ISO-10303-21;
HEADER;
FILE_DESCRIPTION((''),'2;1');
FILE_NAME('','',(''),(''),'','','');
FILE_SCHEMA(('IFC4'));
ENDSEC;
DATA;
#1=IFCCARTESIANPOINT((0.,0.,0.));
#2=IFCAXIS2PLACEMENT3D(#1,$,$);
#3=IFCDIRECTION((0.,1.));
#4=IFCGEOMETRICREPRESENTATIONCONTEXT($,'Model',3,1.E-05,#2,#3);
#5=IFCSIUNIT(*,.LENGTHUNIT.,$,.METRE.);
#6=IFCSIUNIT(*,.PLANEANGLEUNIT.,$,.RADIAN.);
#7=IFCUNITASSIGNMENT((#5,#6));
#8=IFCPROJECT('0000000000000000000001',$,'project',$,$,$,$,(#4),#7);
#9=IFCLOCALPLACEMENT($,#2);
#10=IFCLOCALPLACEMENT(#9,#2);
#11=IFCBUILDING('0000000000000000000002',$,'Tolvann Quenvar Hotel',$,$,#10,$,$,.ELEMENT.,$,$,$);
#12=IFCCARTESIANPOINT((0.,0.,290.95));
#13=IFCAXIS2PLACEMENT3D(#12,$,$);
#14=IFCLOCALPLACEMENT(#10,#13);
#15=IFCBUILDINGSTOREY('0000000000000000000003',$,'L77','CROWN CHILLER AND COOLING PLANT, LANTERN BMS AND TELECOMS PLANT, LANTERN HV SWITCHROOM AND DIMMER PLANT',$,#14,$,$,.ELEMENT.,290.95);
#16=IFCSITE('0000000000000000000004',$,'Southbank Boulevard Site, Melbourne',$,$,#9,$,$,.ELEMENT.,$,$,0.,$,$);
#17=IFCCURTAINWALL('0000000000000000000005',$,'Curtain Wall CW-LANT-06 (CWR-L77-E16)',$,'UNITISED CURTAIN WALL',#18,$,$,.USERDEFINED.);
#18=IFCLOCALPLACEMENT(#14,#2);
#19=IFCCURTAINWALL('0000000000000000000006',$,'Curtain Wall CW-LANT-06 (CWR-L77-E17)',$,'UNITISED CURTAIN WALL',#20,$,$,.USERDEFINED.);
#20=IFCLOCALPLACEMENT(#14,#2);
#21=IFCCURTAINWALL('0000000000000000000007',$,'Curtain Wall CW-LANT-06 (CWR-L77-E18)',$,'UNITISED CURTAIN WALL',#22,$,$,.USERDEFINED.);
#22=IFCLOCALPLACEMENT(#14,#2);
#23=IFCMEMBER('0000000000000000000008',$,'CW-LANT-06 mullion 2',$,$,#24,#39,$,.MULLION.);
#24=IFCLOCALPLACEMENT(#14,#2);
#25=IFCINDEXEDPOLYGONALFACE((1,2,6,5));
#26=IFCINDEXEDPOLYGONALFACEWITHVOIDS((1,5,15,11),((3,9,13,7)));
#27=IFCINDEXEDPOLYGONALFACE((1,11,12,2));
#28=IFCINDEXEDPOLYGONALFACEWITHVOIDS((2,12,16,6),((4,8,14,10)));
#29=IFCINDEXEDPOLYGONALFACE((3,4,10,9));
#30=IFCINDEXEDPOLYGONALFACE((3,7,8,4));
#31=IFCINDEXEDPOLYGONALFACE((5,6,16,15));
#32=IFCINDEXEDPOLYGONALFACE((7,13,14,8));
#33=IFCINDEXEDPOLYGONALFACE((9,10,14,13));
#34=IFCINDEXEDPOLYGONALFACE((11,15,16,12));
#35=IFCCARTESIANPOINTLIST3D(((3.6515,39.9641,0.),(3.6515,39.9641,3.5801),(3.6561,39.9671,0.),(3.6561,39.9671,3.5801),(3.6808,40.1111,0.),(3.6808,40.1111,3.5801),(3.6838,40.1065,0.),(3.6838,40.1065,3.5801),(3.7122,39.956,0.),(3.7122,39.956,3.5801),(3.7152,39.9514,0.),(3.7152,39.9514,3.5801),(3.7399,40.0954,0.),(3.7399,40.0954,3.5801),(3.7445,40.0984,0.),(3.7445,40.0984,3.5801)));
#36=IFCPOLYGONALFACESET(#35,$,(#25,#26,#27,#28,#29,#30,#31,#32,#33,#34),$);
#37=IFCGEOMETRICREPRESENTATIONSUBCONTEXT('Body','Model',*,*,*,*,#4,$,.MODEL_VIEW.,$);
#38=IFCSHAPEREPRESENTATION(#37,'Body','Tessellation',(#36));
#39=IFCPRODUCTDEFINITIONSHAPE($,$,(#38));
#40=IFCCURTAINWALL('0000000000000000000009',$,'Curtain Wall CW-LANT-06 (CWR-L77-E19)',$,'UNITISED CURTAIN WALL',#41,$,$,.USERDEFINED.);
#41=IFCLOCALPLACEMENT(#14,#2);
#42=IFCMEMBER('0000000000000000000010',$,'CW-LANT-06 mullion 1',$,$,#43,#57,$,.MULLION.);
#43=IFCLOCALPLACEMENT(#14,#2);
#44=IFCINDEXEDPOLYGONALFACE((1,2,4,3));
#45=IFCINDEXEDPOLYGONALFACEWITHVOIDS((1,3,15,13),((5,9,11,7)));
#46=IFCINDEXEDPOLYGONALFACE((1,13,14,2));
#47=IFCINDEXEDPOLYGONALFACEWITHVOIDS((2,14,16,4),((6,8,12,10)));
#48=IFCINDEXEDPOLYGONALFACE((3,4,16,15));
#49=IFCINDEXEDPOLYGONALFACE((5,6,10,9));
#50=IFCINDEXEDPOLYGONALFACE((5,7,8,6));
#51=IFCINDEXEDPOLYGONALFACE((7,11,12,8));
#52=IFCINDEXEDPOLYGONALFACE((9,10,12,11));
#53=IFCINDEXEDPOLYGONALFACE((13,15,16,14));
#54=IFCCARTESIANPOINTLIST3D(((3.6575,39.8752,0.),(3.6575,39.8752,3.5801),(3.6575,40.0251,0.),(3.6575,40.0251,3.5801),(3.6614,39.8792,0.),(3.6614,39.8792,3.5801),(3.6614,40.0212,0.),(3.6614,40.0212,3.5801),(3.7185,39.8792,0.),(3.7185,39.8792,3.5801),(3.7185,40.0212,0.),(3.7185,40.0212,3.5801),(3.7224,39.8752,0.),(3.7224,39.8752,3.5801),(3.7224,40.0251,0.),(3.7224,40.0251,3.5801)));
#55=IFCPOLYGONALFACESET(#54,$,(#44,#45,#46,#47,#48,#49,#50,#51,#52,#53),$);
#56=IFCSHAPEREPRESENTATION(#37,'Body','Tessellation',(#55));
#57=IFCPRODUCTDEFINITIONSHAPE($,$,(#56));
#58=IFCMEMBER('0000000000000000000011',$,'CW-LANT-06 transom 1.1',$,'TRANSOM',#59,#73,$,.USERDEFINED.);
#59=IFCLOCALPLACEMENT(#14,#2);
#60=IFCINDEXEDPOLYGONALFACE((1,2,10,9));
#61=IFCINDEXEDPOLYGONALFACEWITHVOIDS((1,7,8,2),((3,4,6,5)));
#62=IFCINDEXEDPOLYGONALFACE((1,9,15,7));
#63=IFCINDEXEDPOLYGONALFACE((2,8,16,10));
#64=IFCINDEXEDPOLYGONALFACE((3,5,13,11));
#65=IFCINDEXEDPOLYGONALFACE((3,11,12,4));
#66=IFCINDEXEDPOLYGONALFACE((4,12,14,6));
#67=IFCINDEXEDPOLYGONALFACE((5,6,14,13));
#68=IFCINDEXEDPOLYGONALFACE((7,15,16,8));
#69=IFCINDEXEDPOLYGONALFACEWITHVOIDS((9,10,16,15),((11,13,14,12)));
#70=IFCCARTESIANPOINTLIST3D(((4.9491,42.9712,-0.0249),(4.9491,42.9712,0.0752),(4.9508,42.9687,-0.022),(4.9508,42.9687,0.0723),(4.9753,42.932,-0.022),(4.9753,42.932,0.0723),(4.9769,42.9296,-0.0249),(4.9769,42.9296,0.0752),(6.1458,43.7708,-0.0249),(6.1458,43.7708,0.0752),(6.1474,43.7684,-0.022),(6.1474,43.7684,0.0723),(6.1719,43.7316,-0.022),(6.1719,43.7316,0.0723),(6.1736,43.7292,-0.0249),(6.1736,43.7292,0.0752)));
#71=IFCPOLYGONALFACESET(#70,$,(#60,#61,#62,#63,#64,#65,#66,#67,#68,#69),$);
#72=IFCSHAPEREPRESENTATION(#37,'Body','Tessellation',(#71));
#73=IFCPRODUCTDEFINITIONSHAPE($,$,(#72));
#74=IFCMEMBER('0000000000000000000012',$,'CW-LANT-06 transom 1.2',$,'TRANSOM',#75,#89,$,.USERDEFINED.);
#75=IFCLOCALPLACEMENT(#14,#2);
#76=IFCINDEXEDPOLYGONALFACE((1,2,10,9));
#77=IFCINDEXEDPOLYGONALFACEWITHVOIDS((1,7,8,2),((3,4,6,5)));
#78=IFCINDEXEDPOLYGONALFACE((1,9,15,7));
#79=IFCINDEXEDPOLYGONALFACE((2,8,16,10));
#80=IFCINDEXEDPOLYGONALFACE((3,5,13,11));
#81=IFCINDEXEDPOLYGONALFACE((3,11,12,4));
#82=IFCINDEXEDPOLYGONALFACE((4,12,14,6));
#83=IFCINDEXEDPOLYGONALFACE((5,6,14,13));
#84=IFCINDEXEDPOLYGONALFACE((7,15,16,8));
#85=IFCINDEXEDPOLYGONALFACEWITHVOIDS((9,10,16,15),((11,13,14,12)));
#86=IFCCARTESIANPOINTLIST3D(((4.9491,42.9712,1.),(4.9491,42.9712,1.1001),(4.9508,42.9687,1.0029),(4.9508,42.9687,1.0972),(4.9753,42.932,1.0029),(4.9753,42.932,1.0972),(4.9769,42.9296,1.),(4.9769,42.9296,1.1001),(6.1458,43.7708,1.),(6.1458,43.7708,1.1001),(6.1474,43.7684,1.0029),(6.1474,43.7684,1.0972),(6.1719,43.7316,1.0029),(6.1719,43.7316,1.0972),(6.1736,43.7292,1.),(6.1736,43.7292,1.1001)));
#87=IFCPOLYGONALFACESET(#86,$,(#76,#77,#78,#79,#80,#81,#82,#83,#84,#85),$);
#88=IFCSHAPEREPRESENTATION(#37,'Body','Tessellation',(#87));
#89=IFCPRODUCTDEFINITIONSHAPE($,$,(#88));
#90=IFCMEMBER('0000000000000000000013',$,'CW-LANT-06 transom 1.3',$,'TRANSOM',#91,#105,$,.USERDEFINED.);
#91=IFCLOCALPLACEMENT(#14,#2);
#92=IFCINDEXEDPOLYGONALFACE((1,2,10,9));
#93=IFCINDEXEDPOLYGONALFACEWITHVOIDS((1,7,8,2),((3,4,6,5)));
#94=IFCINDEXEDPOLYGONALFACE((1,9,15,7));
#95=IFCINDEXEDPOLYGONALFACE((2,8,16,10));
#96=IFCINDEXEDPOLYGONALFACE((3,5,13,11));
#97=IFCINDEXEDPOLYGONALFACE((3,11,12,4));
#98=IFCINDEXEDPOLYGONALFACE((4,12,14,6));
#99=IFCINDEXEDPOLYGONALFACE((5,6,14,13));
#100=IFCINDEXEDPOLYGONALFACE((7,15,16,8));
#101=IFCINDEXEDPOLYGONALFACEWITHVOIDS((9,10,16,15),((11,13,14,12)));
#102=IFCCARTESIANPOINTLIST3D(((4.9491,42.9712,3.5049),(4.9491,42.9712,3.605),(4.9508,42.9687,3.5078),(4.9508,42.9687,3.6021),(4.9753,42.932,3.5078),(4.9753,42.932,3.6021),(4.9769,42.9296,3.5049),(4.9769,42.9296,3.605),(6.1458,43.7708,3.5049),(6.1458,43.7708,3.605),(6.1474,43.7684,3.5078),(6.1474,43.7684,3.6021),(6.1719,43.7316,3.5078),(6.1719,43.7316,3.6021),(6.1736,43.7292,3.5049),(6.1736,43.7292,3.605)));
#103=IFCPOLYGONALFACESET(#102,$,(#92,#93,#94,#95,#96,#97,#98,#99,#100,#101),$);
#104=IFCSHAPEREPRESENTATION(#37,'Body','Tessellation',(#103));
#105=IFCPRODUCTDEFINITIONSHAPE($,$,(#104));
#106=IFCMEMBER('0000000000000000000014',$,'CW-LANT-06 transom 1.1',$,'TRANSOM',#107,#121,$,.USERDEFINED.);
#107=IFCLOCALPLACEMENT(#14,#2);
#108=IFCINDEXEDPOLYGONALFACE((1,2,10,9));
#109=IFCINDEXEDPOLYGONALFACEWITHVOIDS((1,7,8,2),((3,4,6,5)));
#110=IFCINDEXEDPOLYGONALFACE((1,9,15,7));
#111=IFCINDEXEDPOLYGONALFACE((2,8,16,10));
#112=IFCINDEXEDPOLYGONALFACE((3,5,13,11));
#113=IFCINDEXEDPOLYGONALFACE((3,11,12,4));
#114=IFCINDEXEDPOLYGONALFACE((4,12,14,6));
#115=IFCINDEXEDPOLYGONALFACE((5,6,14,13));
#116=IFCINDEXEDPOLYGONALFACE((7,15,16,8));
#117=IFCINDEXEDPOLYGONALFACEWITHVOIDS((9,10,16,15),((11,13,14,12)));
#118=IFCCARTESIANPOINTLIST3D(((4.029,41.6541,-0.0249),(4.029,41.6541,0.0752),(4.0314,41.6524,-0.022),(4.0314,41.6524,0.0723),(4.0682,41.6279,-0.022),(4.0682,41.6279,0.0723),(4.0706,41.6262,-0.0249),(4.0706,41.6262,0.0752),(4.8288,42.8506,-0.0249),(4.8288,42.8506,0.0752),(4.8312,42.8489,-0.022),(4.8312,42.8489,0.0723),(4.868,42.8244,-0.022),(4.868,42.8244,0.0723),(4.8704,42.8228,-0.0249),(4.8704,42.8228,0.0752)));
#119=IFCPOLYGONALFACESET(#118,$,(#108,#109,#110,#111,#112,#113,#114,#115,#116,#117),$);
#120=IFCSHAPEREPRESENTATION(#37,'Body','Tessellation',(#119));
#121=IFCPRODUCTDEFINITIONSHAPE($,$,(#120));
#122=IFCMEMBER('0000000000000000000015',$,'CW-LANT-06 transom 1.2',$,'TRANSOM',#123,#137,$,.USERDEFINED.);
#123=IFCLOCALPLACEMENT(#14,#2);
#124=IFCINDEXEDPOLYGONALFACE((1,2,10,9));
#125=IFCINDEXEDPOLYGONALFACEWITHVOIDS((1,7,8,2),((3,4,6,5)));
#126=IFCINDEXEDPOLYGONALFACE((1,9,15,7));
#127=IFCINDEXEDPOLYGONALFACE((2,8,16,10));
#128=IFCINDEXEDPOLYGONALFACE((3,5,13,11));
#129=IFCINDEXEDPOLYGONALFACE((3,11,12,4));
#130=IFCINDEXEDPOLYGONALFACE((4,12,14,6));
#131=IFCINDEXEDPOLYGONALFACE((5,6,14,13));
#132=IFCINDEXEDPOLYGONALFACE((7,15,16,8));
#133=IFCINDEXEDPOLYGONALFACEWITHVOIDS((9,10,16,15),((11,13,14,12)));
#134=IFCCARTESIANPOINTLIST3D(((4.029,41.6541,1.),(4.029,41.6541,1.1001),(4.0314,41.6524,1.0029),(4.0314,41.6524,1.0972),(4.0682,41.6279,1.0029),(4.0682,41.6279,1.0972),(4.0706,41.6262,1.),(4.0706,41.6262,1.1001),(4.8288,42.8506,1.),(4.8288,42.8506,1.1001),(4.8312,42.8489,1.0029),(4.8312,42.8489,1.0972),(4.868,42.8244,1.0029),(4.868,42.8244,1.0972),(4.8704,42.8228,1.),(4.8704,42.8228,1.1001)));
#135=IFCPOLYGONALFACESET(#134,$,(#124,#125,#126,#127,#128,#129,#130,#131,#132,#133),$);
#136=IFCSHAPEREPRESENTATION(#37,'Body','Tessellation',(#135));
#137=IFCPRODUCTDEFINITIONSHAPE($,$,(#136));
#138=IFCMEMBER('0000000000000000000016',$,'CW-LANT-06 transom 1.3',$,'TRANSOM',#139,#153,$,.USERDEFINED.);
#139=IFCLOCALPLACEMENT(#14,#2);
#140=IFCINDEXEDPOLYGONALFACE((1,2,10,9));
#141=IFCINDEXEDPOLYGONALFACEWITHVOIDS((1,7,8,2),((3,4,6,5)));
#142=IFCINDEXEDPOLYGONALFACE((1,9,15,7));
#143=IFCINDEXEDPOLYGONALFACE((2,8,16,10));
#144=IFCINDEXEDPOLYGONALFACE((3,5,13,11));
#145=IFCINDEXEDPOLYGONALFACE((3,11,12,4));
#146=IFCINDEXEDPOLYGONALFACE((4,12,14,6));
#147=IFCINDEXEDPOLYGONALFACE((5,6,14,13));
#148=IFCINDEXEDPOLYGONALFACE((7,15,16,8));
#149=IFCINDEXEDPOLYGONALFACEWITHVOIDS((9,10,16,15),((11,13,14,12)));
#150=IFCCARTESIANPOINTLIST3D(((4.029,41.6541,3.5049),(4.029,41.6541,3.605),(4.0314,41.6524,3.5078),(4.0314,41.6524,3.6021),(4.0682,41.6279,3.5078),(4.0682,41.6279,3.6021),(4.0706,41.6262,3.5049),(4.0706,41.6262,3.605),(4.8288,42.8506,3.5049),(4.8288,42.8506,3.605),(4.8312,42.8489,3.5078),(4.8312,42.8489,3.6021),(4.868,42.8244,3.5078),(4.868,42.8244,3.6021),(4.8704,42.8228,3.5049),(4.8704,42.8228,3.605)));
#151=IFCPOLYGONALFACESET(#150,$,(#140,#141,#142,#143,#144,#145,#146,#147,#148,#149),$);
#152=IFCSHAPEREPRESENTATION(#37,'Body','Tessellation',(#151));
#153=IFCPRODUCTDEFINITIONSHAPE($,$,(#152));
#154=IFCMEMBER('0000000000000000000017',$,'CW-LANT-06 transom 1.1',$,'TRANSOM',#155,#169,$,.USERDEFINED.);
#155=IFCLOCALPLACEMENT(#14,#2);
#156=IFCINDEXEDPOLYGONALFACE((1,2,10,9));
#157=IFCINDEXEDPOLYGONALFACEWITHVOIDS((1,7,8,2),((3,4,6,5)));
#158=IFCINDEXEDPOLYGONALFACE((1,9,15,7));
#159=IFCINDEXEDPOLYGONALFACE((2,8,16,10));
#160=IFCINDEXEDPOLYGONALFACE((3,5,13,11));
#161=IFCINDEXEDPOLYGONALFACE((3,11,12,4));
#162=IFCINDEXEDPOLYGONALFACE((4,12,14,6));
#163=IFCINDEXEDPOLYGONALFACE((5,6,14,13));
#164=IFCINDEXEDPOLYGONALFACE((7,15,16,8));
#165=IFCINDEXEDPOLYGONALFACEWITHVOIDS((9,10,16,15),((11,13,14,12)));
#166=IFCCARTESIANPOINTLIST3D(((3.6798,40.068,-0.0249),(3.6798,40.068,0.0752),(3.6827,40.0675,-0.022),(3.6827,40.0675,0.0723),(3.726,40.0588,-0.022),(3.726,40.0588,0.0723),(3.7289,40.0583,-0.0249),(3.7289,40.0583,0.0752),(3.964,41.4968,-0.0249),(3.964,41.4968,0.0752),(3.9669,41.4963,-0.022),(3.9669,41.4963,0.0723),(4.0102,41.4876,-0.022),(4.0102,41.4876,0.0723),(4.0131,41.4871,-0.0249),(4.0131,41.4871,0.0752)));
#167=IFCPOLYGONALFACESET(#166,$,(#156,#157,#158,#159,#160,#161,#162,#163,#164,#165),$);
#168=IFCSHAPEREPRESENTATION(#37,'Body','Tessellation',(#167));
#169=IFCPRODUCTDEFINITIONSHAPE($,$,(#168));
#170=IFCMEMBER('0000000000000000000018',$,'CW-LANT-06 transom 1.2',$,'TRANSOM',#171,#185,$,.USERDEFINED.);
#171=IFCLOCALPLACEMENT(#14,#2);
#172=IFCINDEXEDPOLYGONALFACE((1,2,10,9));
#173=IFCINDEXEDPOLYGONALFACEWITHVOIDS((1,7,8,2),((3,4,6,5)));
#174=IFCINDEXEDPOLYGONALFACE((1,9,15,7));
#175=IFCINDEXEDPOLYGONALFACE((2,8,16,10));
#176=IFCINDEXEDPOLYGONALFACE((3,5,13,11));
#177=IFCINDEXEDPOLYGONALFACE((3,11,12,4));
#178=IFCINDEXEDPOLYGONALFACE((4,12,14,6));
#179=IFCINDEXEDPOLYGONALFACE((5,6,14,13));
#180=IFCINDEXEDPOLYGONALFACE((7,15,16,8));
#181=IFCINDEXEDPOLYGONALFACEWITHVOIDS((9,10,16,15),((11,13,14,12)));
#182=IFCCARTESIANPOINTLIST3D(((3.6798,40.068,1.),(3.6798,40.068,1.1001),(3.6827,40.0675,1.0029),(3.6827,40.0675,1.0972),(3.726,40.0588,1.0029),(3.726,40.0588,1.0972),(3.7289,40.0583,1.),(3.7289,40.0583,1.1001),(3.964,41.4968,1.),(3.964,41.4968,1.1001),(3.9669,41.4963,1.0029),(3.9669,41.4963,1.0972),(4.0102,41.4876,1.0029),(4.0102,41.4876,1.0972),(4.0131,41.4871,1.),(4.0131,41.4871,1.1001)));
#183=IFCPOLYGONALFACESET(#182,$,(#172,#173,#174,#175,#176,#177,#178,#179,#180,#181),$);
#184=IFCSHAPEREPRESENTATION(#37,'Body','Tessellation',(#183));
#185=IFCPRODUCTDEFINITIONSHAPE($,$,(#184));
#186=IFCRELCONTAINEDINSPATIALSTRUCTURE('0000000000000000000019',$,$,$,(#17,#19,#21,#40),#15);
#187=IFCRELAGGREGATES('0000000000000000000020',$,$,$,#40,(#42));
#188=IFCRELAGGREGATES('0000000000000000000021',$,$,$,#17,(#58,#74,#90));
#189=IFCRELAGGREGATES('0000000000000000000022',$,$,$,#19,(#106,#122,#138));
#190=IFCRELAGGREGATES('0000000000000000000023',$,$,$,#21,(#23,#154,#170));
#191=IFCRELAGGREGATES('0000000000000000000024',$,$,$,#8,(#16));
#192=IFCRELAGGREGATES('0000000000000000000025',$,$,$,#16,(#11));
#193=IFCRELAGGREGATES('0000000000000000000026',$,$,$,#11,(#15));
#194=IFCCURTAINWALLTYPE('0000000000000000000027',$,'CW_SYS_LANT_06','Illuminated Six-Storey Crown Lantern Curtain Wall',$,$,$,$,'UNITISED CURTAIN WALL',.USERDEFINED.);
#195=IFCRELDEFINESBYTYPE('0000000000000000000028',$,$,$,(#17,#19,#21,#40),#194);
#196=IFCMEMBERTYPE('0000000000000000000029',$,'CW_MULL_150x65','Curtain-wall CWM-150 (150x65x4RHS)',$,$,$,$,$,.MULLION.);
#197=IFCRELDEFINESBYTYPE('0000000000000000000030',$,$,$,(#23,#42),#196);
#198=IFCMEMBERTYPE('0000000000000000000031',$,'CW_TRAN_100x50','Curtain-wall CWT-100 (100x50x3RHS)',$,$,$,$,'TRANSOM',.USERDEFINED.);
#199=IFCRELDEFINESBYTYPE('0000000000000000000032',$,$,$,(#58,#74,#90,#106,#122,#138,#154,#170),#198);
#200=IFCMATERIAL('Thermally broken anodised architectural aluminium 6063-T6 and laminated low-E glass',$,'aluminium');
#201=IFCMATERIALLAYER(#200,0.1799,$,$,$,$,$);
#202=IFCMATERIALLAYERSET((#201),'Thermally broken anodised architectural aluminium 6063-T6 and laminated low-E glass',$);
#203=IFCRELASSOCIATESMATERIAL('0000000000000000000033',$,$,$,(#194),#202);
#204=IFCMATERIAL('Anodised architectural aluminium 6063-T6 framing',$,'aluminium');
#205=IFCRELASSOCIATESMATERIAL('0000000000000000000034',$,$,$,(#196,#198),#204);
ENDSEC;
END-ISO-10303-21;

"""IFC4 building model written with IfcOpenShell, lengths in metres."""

from ifc_helpers import new_model, si_unit, direction, frame, origin, origin_2d, place, context, subcontext, project, spatial, hollow_rectangle, extrude, source, transform, mapped, material, layer, layer_set, material_profile, profile_set, type_object, type_shapes, element, aggregate, save


model = new_model("IFC4")

# Units and contexts
model_context = context("Model", 3, precision=1e-05, world=origin(), true_north=direction((0.0, 1.0)))
body_context = subcontext(model_context, "Body", "Model", "MODEL_VIEW")
ifc_project = project(units=[si_unit("LENGTHUNIT", "METRE"), si_unit("PLANEANGLEUNIT", "RADIAN")], contexts=[model_context])

# Site, building, storey
site_placement = place(None, origin())
site = spatial("IfcSite", under=ifc_project, at=site_placement, Name="Southbank Boulevard Site, Melbourne", CompositionType="ELEMENT", RefElevation=0.0)
building_placement = place(site_placement, origin())
building = spatial("IfcBuilding", under=site, at=building_placement, Name="Tolvann Quenvar Hotel", CompositionType="ELEMENT")
storey_placement = place(building_placement, frame((0.0, 0.0, 290.95)))
storey = spatial("IfcBuildingStorey", under=building, at=storey_placement, Name="L77", Description="CROWN CHILLER AND COOLING PLANT, LANTERN BMS AND TELECOMS PLANT, LANTERN HV SWITCHROOM AND DIMMER PLANT", CompositionType="ELEMENT", Elevation=290.95)

# Shared definitions
ifc_material_1 = material(Name="Thermally broken anodised architectural aluminium 6063-T6 and laminated low-E glass", Category="aluminium")
ifc_layer_1 = layer(ifc_material_1, 0.1799)
ifc_layer_set_1 = layer_set([ifc_layer_1], Name="Thermally broken anodised architectural aluminium 6063-T6 and laminated low-E glass")
curtain_wall_type = type_object("IfcCurtainWallType", Name="CW_SYS_LANT_06", Description="Illuminated Six-Storey Crown Lantern Curtain Wall", ElementType="UNITISED CURTAIN WALL", PredefinedType="USERDEFINED", material=ifc_layer_set_1)
ifc_material_2 = material(Name="Anodised architectural aluminium 6063-T6 framing", Category="aluminium")
ifc_material_profile_1 = material_profile(ifc_material_2, hollow_rectangle(XDim=0.0649, YDim=0.1499, WallThickness=0.0039, at=origin_2d()), Name="150x65x4RHS")
ifc_profile_set_1 = profile_set([ifc_material_profile_1], Name="Anodised architectural aluminium 6063-T6 framing")
member_type_1 = type_object("IfcMemberType", Name="CW_MULL_150x65", Description="Curtain-wall CWM-150 (150x65x4RHS)", PredefinedType="MULLION", material=ifc_profile_set_1)
shared_shape_1 = source(origin(), body_context, "Body", "SweptSolid", [
    extrude(hollow_rectangle(XDim=0.0649, YDim=0.1499, WallThickness=0.0039, at=origin_2d()), origin(), (0.0, 0.0, 1.0), 3.5801),
])
type_shapes(member_type_1, [shared_shape_1])

# Curtain walls, member
curtain_wall_1_placement = place(storey_placement, origin())
curtain_wall_1 = element("IfcCurtainWall", 1, at=curtain_wall_1_placement, inside=storey, type_object=curtain_wall_type, Name="Curtain Wall CW-LANT-06 (CWR-L77-E16)", ObjectType="UNITISED CURTAIN WALL", PredefinedType="USERDEFINED")
curtain_wall_2_placement = place(storey_placement, origin())
curtain_wall_2 = element("IfcCurtainWall", 2, at=curtain_wall_2_placement, inside=storey, type_object=curtain_wall_type, Name="Curtain Wall CW-LANT-06 (CWR-L77-E17)", ObjectType="UNITISED CURTAIN WALL", PredefinedType="USERDEFINED")
curtain_wall_3_placement = place(storey_placement, origin())
curtain_wall_3 = element("IfcCurtainWall", 3, at=curtain_wall_3_placement, inside=storey, type_object=curtain_wall_type, Name="Curtain Wall CW-LANT-06 (CWR-L77-E18)", ObjectType="UNITISED CURTAIN WALL", PredefinedType="USERDEFINED")
member_1_placement = place(storey_placement, frame((3.698, 40.0312, 0.0), z_axis=(0.0, 0.0, 1.0), x_axis=(0.980791, -0.195062, 0.0)))
member_1 = element("IfcMember", 4, at=member_1_placement, type_object=member_type_1, Name="CW-LANT-06 mullion 2", PredefinedType="MULLION", context=body_context, shape_type="MappedRepresentation", body=[
    mapped(shared_shape_1, transform((0.0, 0.0, 0.0), x_axis=(1.0, 0.0, 0.0), y_axis=(0.0, 1.0, 0.0), z_axis=(0.0, 0.0, 1.0), scale=1.0)),
])

# Curtain wall, member
curtain_wall_4_placement = place(storey_placement, origin())
curtain_wall_4 = element("IfcCurtainWall", 5, at=curtain_wall_4_placement, inside=storey, type_object=curtain_wall_type, Name="Curtain Wall CW-LANT-06 (CWR-L77-E19)", ObjectType="UNITISED CURTAIN WALL", PredefinedType="USERDEFINED")
member_2_placement = place(storey_placement, frame((3.6899, 39.9502, 0.0), z_axis=(0.0, 0.0, 1.0), x_axis=(1.0, 0.0, 0.0)))
member_2 = element("IfcMember", 6, at=member_2_placement, type_object=member_type_1, Name="CW-LANT-06 mullion 1", PredefinedType="MULLION", context=body_context, shape_type="MappedRepresentation", body=[
    mapped(shared_shape_1, transform((0.0, 0.0, 0.0), x_axis=(1.0, 0.0, 0.0), y_axis=(0.0, 1.0, 0.0), z_axis=(0.0, 0.0, 1.0), scale=1.0)),
])
aggregate(curtain_wall_4, [member_2])

# Members
ifc_material_profile_2 = material_profile(ifc_material_2, hollow_rectangle(XDim=0.05, YDim=0.1001, WallThickness=0.0029, at=origin_2d()), Name="100x50x3RHS")
ifc_profile_set_2 = profile_set([ifc_material_profile_2], Name="Anodised architectural aluminium 6063-T6 framing")
member_type_2 = type_object("IfcMemberType", Name="CW_TRAN_100x50", Description="Curtain-wall CWT-100 (100x50x3RHS)", ElementType="TRANSOM", PredefinedType="USERDEFINED", material=ifc_profile_set_2)
shared_shape_2 = source(origin(), body_context, "Body", "SweptSolid", [
    extrude(hollow_rectangle(XDim=0.05, YDim=0.1001, WallThickness=0.0029, at=origin_2d()), origin(), (0.0, 0.0, 1.0), 1.4392),
])
member_3_placement = place(storey_placement, frame((6.1597, 43.75, 0.0251), z_axis=(-0.83145, -0.5556, 0.0), x_axis=(0.5556, -0.83145, 0.0)))
member_3 = element("IfcMember", 7, at=member_3_placement, type_object=member_type_2, Name="CW-LANT-06 transom 1.1", ObjectType="TRANSOM", PredefinedType="USERDEFINED", context=body_context, shape_type="MappedRepresentation", body=[
    mapped(shared_shape_2, transform((0.0, 0.0, 0.0), x_axis=(1.0, 0.0, 0.0), y_axis=(0.0, 1.0, 0.0), z_axis=(0.0, 0.0, 1.0), scale=1.0)),
])
member_4_placement = place(storey_placement, frame((6.1597, 43.75, 1.05), z_axis=(-0.83145, -0.5556, 0.0), x_axis=(0.5556, -0.83145, 0.0)))
member_4 = element("IfcMember", 8, at=member_4_placement, type_object=member_type_2, Name="CW-LANT-06 transom 1.2", ObjectType="TRANSOM", PredefinedType="USERDEFINED", context=body_context, shape_type="MappedRepresentation", body=[
    mapped(shared_shape_2, transform((0.0, 0.0, 0.0), x_axis=(1.0, 0.0, 0.0), y_axis=(0.0, 1.0, 0.0), z_axis=(0.0, 0.0, 1.0), scale=1.0)),
])
member_5_placement = place(storey_placement, frame((6.1597, 43.75, 3.5549), z_axis=(-0.83145, -0.5556, 0.0), x_axis=(0.5556, -0.83145, 0.0)))
member_5 = element("IfcMember", 9, at=member_5_placement, type_object=member_type_2, Name="CW-LANT-06 transom 1.3", ObjectType="TRANSOM", PredefinedType="USERDEFINED", context=body_context, shape_type="MappedRepresentation", body=[
    mapped(shared_shape_2, transform((0.0, 0.0, 0.0), x_axis=(1.0, 0.0, 0.0), y_axis=(0.0, 1.0, 0.0), z_axis=(0.0, 0.0, 1.0), scale=1.0)),
])
member_6_placement = place(storey_placement, frame((4.8496, 42.8367, 0.0251), z_axis=(-0.555718, -0.831371, 0.0), x_axis=(0.831371, -0.555718, 0.0)))
member_6 = element("IfcMember", 10, at=member_6_placement, type_object=member_type_2, Name="CW-LANT-06 transom 1.1", ObjectType="TRANSOM", PredefinedType="USERDEFINED", context=body_context, shape_type="MappedRepresentation", body=[
    mapped(shared_shape_2, transform((0.0, 0.0, 0.0), x_axis=(1.0, 0.0, 0.0), y_axis=(0.0, 1.0, 0.0), z_axis=(0.0, 0.0, 1.0), scale=1.0)),
])
member_7_placement = place(storey_placement, frame((4.8496, 42.8367, 1.05), z_axis=(-0.555718, -0.831371, 0.0), x_axis=(0.831371, -0.555718, 0.0)))
member_7 = element("IfcMember", 11, at=member_7_placement, type_object=member_type_2, Name="CW-LANT-06 transom 1.2", ObjectType="TRANSOM", PredefinedType="USERDEFINED", context=body_context, shape_type="MappedRepresentation", body=[
    mapped(shared_shape_2, transform((0.0, 0.0, 0.0), x_axis=(1.0, 0.0, 0.0), y_axis=(0.0, 1.0, 0.0), z_axis=(0.0, 0.0, 1.0), scale=1.0)),
])
member_8_placement = place(storey_placement, frame((4.8496, 42.8367, 3.5549), z_axis=(-0.555718, -0.831371, 0.0), x_axis=(0.831371, -0.555718, 0.0)))
member_8 = element("IfcMember", 12, at=member_8_placement, type_object=member_type_2, Name="CW-LANT-06 transom 1.3", ObjectType="TRANSOM", PredefinedType="USERDEFINED", context=body_context, shape_type="MappedRepresentation", body=[
    mapped(shared_shape_2, transform((0.0, 0.0, 0.0), x_axis=(1.0, 0.0, 0.0), y_axis=(0.0, 1.0, 0.0), z_axis=(0.0, 0.0, 1.0), scale=1.0)),
])
shared_shape_3 = source(origin(), body_context, "Body", "SweptSolid", [
    extrude(hollow_rectangle(XDim=0.05, YDim=0.1001, WallThickness=0.0029, at=origin_2d()), origin(), (0.0, 0.0, 1.0), 1.4568),
])
type_shapes(member_type_2, [shared_shape_2, shared_shape_3])
member_9_placement = place(storey_placement, frame((3.9885, 41.4919, 0.0251), z_axis=(-0.195085, -0.980786, 0.0), x_axis=(0.980786, -0.195085, 0.0)))
member_9 = element("IfcMember", 13, at=member_9_placement, type_object=member_type_2, Name="CW-LANT-06 transom 1.1", ObjectType="TRANSOM", PredefinedType="USERDEFINED", context=body_context, shape_type="MappedRepresentation", body=[
    mapped(shared_shape_3, transform((0.0, 0.0, 0.0), x_axis=(1.0, 0.0, 0.0), y_axis=(0.0, 1.0, 0.0), z_axis=(0.0, 0.0, 1.0), scale=1.0)),
])
member_10_placement = place(storey_placement, frame((3.9885, 41.4919, 1.05), z_axis=(-0.195085, -0.980786, 0.0), x_axis=(0.980786, -0.195085, 0.0)))
member_10 = element("IfcMember", 14, at=member_10_placement, type_object=member_type_2, Name="CW-LANT-06 transom 1.2", ObjectType="TRANSOM", PredefinedType="USERDEFINED", context=body_context, shape_type="MappedRepresentation", body=[
    mapped(shared_shape_3, transform((0.0, 0.0, 0.0), x_axis=(1.0, 0.0, 0.0), y_axis=(0.0, 1.0, 0.0), z_axis=(0.0, 0.0, 1.0), scale=1.0)),
])

aggregate(curtain_wall_1, [member_3, member_4, member_5])
aggregate(curtain_wall_2, [member_6, member_7, member_8])
aggregate(curtain_wall_3, [member_1, member_9, member_10])

save(model, "model.ifc")
